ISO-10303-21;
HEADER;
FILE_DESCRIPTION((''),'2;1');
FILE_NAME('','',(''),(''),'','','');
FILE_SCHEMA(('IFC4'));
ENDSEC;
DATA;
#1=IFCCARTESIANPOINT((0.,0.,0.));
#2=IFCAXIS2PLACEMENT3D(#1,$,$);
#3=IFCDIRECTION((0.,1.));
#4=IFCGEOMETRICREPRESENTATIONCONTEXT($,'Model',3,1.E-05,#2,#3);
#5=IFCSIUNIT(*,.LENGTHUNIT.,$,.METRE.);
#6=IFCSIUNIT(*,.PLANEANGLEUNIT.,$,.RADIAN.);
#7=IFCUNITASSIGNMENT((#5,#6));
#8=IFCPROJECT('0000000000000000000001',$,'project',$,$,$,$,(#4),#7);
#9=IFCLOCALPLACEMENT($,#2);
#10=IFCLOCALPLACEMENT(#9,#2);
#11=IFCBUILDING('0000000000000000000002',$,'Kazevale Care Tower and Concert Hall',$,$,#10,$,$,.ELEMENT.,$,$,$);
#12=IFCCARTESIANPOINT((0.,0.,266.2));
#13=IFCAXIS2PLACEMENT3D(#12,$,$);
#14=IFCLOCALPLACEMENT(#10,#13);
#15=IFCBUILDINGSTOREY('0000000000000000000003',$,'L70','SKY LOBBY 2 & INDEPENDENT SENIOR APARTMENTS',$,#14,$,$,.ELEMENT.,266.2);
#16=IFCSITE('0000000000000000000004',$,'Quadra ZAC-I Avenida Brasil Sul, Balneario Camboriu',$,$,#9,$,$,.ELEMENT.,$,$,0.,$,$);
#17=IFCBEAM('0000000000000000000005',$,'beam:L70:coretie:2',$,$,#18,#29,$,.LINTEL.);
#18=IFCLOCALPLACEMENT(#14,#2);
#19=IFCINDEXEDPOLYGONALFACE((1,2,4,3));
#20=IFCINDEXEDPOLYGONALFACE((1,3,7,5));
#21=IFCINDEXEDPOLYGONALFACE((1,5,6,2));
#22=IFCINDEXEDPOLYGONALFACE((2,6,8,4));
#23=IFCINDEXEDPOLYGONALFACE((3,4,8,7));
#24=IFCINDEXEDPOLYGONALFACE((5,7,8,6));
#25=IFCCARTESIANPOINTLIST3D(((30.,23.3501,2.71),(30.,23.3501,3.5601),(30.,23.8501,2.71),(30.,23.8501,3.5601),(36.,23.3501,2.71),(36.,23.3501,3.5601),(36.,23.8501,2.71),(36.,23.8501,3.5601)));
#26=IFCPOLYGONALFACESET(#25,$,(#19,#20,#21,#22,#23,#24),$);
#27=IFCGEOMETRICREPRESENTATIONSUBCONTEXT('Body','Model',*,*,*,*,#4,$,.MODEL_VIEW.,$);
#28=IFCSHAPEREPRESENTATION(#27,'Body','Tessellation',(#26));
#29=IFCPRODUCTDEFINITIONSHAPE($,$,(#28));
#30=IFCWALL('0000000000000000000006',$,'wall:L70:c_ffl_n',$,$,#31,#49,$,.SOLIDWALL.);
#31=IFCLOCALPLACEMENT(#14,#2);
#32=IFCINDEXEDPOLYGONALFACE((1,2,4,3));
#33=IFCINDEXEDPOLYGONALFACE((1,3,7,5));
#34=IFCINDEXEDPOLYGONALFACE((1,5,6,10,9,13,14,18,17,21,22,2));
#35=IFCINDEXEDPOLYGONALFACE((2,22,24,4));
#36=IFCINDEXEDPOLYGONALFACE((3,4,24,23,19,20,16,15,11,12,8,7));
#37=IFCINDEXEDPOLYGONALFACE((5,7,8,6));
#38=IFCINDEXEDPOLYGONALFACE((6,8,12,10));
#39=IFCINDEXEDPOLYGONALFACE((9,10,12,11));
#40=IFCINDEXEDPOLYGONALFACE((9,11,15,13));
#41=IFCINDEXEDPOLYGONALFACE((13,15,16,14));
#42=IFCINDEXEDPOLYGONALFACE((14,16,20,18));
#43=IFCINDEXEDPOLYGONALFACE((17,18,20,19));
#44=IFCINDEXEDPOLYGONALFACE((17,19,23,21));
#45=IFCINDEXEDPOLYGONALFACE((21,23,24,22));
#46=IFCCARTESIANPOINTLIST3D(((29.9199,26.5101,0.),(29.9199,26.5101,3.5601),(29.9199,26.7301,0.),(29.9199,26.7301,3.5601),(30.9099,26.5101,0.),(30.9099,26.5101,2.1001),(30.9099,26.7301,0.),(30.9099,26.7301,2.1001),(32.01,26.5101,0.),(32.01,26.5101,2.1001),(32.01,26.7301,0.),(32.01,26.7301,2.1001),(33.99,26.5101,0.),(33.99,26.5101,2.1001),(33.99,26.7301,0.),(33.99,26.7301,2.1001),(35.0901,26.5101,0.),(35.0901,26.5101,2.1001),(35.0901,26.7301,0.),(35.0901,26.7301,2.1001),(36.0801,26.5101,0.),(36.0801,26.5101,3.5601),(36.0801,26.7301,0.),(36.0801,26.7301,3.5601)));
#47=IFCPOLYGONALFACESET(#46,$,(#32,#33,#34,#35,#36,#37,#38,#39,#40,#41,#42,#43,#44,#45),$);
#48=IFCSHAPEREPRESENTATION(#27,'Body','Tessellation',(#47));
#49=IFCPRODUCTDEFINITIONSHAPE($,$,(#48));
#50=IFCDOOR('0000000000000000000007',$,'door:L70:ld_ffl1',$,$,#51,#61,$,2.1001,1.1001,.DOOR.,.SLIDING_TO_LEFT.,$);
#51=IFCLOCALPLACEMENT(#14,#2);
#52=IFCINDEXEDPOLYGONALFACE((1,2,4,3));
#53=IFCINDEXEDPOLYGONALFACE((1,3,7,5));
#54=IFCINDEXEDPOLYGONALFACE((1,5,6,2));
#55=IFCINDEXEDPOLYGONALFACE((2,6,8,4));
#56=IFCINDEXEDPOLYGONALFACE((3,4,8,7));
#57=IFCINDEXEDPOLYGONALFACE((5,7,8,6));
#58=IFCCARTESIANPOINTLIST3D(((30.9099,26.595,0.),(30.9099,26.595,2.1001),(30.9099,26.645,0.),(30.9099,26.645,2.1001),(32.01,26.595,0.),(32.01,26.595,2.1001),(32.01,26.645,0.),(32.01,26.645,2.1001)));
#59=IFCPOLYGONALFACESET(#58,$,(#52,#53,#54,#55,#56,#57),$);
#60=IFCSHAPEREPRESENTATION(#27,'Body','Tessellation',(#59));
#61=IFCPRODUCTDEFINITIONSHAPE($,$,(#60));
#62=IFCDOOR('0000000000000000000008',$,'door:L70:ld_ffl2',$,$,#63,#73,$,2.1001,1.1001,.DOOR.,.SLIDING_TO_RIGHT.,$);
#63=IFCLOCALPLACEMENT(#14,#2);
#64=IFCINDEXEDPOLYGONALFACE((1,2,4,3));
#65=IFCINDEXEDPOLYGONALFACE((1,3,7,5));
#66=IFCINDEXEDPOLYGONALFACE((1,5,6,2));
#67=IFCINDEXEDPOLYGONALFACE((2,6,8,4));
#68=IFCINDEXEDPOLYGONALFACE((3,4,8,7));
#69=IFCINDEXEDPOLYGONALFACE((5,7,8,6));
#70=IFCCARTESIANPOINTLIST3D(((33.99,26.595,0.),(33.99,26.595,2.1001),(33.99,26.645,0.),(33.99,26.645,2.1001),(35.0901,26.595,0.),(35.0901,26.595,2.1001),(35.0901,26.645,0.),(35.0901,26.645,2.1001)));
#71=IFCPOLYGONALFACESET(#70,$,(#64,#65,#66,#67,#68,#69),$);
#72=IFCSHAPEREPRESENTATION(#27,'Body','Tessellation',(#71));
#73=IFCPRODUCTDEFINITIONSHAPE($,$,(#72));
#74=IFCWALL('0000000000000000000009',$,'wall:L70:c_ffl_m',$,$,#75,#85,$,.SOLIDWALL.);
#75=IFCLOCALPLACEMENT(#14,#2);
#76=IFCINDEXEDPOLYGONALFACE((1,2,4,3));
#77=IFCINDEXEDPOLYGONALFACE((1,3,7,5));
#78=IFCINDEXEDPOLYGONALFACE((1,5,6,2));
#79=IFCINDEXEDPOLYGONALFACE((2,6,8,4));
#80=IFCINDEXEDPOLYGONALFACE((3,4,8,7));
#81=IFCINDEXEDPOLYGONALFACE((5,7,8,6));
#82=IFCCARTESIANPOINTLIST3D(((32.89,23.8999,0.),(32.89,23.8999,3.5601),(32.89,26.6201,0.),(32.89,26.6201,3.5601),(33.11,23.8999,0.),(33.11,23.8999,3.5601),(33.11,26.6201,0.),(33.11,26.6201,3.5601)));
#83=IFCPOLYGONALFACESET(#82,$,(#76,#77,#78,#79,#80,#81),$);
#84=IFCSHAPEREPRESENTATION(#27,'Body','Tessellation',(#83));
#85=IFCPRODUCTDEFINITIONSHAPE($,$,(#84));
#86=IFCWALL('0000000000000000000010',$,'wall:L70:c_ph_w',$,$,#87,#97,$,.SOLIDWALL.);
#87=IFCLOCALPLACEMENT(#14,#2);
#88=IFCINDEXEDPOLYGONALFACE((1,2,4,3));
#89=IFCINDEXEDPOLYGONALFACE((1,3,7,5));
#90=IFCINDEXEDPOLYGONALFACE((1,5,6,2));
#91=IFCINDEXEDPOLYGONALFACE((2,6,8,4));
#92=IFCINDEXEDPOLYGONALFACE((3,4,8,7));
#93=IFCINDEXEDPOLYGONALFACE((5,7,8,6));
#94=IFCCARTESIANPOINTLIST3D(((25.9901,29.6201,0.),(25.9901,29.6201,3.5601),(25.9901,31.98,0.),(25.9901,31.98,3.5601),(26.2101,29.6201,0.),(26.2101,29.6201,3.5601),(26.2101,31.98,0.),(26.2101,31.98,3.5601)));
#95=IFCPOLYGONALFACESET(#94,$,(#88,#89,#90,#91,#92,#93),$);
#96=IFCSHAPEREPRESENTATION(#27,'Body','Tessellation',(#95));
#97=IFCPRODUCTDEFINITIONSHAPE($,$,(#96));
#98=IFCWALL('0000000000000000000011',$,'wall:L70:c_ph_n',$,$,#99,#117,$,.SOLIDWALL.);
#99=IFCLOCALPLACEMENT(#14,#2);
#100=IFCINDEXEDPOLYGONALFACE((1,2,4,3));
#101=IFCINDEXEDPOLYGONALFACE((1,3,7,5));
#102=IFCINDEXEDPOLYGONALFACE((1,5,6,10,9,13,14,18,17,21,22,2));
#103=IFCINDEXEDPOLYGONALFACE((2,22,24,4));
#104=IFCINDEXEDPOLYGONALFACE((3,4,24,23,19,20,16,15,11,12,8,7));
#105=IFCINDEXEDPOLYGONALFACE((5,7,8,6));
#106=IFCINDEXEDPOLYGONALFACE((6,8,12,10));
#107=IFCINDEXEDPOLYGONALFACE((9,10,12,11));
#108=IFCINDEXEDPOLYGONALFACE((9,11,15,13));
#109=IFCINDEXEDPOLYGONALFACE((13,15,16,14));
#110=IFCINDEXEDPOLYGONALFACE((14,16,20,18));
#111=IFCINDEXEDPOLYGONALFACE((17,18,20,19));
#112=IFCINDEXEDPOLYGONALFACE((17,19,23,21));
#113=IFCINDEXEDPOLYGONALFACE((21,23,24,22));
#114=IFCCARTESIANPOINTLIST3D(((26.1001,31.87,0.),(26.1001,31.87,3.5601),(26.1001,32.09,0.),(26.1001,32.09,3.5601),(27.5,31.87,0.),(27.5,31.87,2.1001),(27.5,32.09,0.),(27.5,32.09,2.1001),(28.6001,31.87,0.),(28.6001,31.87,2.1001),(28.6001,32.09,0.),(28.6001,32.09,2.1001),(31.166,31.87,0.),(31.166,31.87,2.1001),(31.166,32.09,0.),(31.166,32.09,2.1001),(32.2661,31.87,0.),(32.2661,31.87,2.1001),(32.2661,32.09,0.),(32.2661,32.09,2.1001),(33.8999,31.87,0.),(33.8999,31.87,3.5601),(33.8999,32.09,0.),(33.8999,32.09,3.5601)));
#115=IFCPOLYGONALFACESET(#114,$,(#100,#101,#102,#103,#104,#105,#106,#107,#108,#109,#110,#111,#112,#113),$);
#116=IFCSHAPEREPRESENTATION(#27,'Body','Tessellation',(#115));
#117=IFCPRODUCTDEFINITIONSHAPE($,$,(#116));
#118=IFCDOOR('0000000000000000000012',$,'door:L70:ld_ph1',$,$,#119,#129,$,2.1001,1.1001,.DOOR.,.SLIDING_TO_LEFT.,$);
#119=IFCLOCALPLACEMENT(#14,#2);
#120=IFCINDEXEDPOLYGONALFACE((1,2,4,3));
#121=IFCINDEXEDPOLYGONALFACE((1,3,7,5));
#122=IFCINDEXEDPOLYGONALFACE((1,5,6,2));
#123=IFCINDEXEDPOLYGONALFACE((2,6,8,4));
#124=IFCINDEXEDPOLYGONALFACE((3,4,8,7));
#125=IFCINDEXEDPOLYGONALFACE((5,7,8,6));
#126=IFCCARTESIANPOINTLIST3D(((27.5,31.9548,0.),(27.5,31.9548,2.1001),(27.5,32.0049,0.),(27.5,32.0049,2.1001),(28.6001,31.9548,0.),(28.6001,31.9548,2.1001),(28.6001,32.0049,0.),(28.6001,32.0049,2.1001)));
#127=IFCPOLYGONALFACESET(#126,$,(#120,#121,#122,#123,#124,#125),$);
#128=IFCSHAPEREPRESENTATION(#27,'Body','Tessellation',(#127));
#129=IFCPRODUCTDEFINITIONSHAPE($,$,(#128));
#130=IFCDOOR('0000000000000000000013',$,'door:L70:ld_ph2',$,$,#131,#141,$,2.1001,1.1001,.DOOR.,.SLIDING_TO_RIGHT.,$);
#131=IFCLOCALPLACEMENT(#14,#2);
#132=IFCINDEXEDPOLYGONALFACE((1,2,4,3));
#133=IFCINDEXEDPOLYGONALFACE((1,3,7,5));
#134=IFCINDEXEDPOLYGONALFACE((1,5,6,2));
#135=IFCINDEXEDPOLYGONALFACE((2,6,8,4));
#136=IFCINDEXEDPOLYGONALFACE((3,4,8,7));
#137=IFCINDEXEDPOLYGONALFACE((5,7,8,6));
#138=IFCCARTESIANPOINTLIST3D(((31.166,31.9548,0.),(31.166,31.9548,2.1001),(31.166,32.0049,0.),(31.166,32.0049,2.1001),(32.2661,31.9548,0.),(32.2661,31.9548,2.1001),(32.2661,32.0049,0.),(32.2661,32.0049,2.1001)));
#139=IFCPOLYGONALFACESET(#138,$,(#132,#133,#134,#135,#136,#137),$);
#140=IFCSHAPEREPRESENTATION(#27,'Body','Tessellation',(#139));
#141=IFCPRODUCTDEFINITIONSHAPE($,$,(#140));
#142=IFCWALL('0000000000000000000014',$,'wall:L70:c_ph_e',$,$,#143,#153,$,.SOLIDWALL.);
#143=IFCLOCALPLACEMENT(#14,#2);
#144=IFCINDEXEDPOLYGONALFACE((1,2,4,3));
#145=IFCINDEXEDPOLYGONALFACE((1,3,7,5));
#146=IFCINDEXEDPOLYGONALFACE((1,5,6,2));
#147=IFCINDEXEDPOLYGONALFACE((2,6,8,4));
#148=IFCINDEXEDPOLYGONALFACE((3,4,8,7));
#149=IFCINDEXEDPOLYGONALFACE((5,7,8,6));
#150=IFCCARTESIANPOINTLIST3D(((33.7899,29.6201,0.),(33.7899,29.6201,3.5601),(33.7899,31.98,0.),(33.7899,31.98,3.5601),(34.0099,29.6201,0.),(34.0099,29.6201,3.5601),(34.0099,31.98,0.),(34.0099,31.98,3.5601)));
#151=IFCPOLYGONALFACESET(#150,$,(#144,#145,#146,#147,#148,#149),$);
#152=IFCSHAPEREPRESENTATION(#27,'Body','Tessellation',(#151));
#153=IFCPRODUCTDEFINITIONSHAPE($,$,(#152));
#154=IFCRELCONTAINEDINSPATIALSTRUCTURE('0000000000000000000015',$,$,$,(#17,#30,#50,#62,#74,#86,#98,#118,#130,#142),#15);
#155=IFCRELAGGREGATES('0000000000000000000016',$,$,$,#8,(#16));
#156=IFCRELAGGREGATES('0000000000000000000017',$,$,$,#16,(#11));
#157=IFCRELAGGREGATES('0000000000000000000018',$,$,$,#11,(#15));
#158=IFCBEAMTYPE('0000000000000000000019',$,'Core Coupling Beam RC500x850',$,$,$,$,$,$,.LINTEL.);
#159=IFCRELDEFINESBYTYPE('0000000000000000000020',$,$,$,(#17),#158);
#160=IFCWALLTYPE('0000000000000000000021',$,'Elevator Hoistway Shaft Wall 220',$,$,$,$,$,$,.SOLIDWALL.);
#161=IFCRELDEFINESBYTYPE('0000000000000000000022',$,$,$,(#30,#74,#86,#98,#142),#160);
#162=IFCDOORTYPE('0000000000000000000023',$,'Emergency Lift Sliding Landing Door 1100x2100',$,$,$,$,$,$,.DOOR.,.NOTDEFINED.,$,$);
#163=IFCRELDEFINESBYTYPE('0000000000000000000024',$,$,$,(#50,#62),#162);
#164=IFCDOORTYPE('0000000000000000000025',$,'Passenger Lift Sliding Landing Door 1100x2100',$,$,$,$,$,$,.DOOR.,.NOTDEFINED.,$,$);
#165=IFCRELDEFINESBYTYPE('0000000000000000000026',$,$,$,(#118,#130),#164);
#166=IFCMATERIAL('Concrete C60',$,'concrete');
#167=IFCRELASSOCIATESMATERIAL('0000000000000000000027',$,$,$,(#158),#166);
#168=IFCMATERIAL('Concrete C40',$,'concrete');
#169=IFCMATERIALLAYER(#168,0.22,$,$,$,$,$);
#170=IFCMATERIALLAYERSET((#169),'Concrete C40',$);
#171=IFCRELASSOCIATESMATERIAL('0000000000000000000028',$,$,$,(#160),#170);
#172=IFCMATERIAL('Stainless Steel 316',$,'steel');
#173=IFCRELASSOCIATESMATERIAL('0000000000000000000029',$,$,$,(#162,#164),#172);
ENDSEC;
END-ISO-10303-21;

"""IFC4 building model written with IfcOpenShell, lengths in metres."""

from ifc_helpers import new_model, si_unit, direction, frame, frame_2d, origin, origin_2d, place, context, subcontext, project, spatial, rectangle, extrude, material, layer, layer_set, material_profile, profile_set, type_object, element, fill, save


model = new_model("IFC4")

# Units and contexts
model_context = context("Model", 3, precision=1e-05, world=origin(), true_north=direction((0.0, 1.0)))
body_context = subcontext(model_context, "Body", "Model", "MODEL_VIEW")
ifc_project = project(units=[si_unit("LENGTHUNIT", "METRE"), si_unit("PLANEANGLEUNIT", "RADIAN")], contexts=[model_context])

# Site, building, storey
site_placement = place(None, origin())
site = spatial("IfcSite", under=ifc_project, at=site_placement, Name="Quadra ZAC-I Avenida Brasil Sul, Balneario Camboriu", CompositionType="ELEMENT", RefElevation=0.0)
building_placement = place(site_placement, origin())
building = spatial("IfcBuilding", under=site, at=building_placement, Name="Kazevale Care Tower and Concert Hall", CompositionType="ELEMENT")
storey_placement = place(building_placement, frame((0.0, 0.0, 266.2)))
storey = spatial("IfcBuildingStorey", under=building, at=storey_placement, Name="L70", Description="SKY LOBBY 2 & INDEPENDENT SENIOR APARTMENTS", CompositionType="ELEMENT", Elevation=266.2)

# Beam
ifc_material_1 = material(Name="Concrete C60", Category="concrete")
ifc_material_profile = material_profile(ifc_material_1, rectangle(XDim=0.5, YDim=0.8501, at=origin_2d()), Name="RC-B500x850")
ifc_profile_set = profile_set([ifc_material_profile], Name="Concrete C60")
beam_type = type_object("IfcBeamType", Name="Core Coupling Beam RC500x850", PredefinedType="LINTEL", material=ifc_profile_set)
beam_placement = place(storey_placement, frame((30.0, 23.6001, 3.135), z_axis=(1.0, 0.0, 0.0), x_axis=(0.0, 1.0, 0.0)))
element("IfcBeam", 1, at=beam_placement, inside=storey, type_object=beam_type, Name="beam:L70:coretie:2", PredefinedType="LINTEL", context=body_context, shape_type="SweptSolid", body=[
    extrude(rectangle(XDim=0.5, YDim=0.8501, at=origin_2d()), origin(), (0.0, 0.0, 1.0), 6.0),
])

# Wall, openings, doors
ifc_material_2 = material(Name="Concrete C40", Category="concrete")
ifc_layer_1 = layer(ifc_material_2, 0.22)
ifc_layer_set_1 = layer_set([ifc_layer_1], Name="Concrete C40")
wall_type_1 = type_object("IfcWallType", Name="Elevator Hoistway Shaft Wall 220", PredefinedType="SOLIDWALL", material=ifc_layer_set_1)
wall_1_placement = place(storey_placement, frame((29.9199, 26.6201, 0.0), z_axis=(0.0, 0.0, 1.0), x_axis=(1.0, 0.0, 0.0)))
wall_1 = element("IfcWall", 2, at=wall_1_placement, inside=storey, type_object=wall_type_1, Name="wall:L70:c_ffl_n", PredefinedType="SOLIDWALL", context=body_context, shape_type="SweptSolid", body=[
    extrude(rectangle(XDim=6.1602, YDim=0.22, at=frame_2d((3.0801, 0.0))), origin(), (0.0, 0.0, 1.0), 3.5601),
])
opening_1_placement = place(wall_1_placement, frame((0.99, 0.0, 0.0)))
opening_1 = element("IfcOpeningElement", 3, at=opening_1_placement, cuts=wall_1, PredefinedType="OPENING", context=body_context, shape_type="SweptSolid", body=[
    extrude(rectangle(XDim=1.1001, YDim=2.1001, at=frame_2d((0.55, 1.05))), frame((0.0, 0.1199, 0.0), z_axis=(0.0, -1.0, 0.0), x_axis=(1.0, 0.0, 0.0)), (0.0, 0.0, 1.0), 0.24),
])
opening_2_placement = place(wall_1_placement, frame((4.0701, 0.0, 0.0)))
opening_2 = element("IfcOpeningElement", 4, at=opening_2_placement, cuts=wall_1, PredefinedType="OPENING", context=body_context, shape_type="SweptSolid", body=[
    extrude(rectangle(XDim=1.1001, YDim=2.1001, at=frame_2d((0.55, 1.05))), frame((0.0, 0.1199, 0.0), z_axis=(0.0, -1.0, 0.0), x_axis=(1.0, 0.0, 0.0)), (0.0, 0.0, 1.0), 0.24),
])
ifc_material_3 = material(Name="Stainless Steel 316", Category="steel")
door_type_1 = type_object("IfcDoorType", Name="Emergency Lift Sliding Landing Door 1100x2100", OperationType="NOTDEFINED", PredefinedType="DOOR", material=ifc_material_3)
door_1_placement = place(opening_1_placement, origin())
door_1 = element("IfcDoor", 5, at=door_1_placement, inside=storey, type_object=door_type_1, Name="door:L70:ld_ffl1", OperationType="SLIDING_TO_LEFT", OverallHeight=2.1001, OverallWidth=1.1001, PredefinedType="DOOR", context=body_context, shape_type="SweptSolid", body=[
    extrude(rectangle(XDim=1.1001, YDim=2.1001, at=frame_2d((0.55, 1.05))), frame((0.0, 0.0249, 0.0), z_axis=(0.0, -1.0, 0.0), x_axis=(1.0, 0.0, 0.0)), (0.0, 0.0, 1.0), 0.05),
])
fill(opening_1, door_1)
door_2_placement = place(opening_2_placement, origin())
door_2 = element("IfcDoor", 6, at=door_2_placement, inside=storey, type_object=door_type_1, Name="door:L70:ld_ffl2", OperationType="SLIDING_TO_RIGHT", OverallHeight=2.1001, OverallWidth=1.1001, PredefinedType="DOOR", context=body_context, shape_type="SweptSolid", body=[
    extrude(rectangle(XDim=1.1001, YDim=2.1001, at=frame_2d((0.55, 1.05))), frame((0.0, 0.0249, 0.0), z_axis=(0.0, -1.0, 0.0), x_axis=(1.0, 0.0, 0.0)), (0.0, 0.0, 1.0), 0.05),
])
fill(opening_2, door_2)

# Walls
wall_2_placement = place(storey_placement, frame((33.0, 23.8999, 0.0), z_axis=(0.0, 0.0, 1.0), x_axis=(0.0, 1.0, 0.0)))
element("IfcWall", 7, at=wall_2_placement, inside=storey, type_object=wall_type_1, Name="wall:L70:c_ffl_m", PredefinedType="SOLIDWALL", context=body_context, shape_type="SweptSolid", body=[
    extrude(rectangle(XDim=2.7202, YDim=0.22, at=frame_2d((1.3601, 0.0))), origin(), (0.0, 0.0, 1.0), 3.5601),
])
wall_3_placement = place(storey_placement, frame((26.1001, 29.6201, 0.0), z_axis=(0.0, 0.0, 1.0), x_axis=(0.0, 1.0, 0.0)))
element("IfcWall", 8, at=wall_3_placement, inside=storey, type_object=wall_type_1, Name="wall:L70:c_ph_w", PredefinedType="SOLIDWALL", context=body_context, shape_type="SweptSolid", body=[
    extrude(rectangle(XDim=2.3599, YDim=0.22, at=frame_2d((1.1799, 0.0))), origin(), (0.0, 0.0, 1.0), 3.5601),
])

# Wall, openings, doors
wall_4_placement = place(storey_placement, frame((26.1001, 31.98, 0.0), z_axis=(0.0, 0.0, 1.0), x_axis=(1.0, 0.0, 0.0)))
wall_4 = element("IfcWall", 9, at=wall_4_placement, inside=storey, type_object=wall_type_1, Name="wall:L70:c_ph_n", PredefinedType="SOLIDWALL", context=body_context, shape_type="SweptSolid", body=[
    extrude(rectangle(XDim=7.7998, YDim=0.22, at=frame_2d((3.8999, 0.0))), origin(), (0.0, 0.0, 1.0), 3.5601),
])
opening_3_placement = place(wall_4_placement, frame((1.3999, 0.0, 0.0)))
opening_3 = element("IfcOpeningElement", 10, at=opening_3_placement, cuts=wall_4, PredefinedType="OPENING", context=body_context, shape_type="SweptSolid", body=[
    extrude(rectangle(XDim=1.1001, YDim=2.1001, at=frame_2d((0.55, 1.05))), frame((0.0, 0.1199, 0.0), z_axis=(0.0, -1.0, 0.0), x_axis=(1.0, 0.0, 0.0)), (0.0, 0.0, 1.0), 0.24),
])
opening_4_placement = place(wall_4_placement, frame((5.0659, 0.0, 0.0)))
opening_4 = element("IfcOpeningElement", 11, at=opening_4_placement, cuts=wall_4, PredefinedType="OPENING", context=body_context, shape_type="SweptSolid", body=[
    extrude(rectangle(XDim=1.1001, YDim=2.1001, at=frame_2d((0.55, 1.05))), frame((0.0, 0.1199, 0.0), z_axis=(0.0, -1.0, 0.0), x_axis=(1.0, 0.0, 0.0)), (0.0, 0.0, 1.0), 0.24),
])
door_type_2 = type_object("IfcDoorType", Name="Passenger Lift Sliding Landing Door 1100x2100", OperationType="NOTDEFINED", PredefinedType="DOOR", material=ifc_material_3)
door_3_placement = place(opening_3_placement, origin())
door_3 = element("IfcDoor", 12, at=door_3_placement, inside=storey, type_object=door_type_2, Name="door:L70:ld_ph1", OperationType="SLIDING_TO_LEFT", OverallHeight=2.1001, OverallWidth=1.1001, PredefinedType="DOOR", context=body_context, shape_type="SweptSolid", body=[
    extrude(rectangle(XDim=1.1001, YDim=2.1001, at=frame_2d((0.55, 1.05))), frame((0.0, 0.0249, 0.0), z_axis=(0.0, -1.0, 0.0), x_axis=(1.0, 0.0, 0.0)), (0.0, 0.0, 1.0), 0.05),
])
fill(opening_3, door_3)
door_4_placement = place(opening_4_placement, origin())
door_4 = element("IfcDoor", 13, at=door_4_placement, inside=storey, type_object=door_type_2, Name="door:L70:ld_ph2", OperationType="SLIDING_TO_RIGHT", OverallHeight=2.1001, OverallWidth=1.1001, PredefinedType="DOOR", context=body_context, shape_type="SweptSolid", body=[
    extrude(rectangle(XDim=1.1001, YDim=2.1001, at=frame_2d((0.55, 1.05))), frame((0.0, 0.0249, 0.0), z_axis=(0.0, -1.0, 0.0), x_axis=(1.0, 0.0, 0.0)), (0.0, 0.0, 1.0), 0.05),
])
fill(opening_4, door_4)

# Wall
wall_5_placement = place(storey_placement, frame((33.8999, 29.6201, 0.0), z_axis=(0.0, 0.0, 1.0), x_axis=(0.0, 1.0, 0.0)))
element("IfcWall", 14, at=wall_5_placement, inside=storey, type_object=wall_type_1, Name="wall:L70:c_ph_e", PredefinedType="SOLIDWALL", context=body_context, shape_type="SweptSolid", body=[
    extrude(rectangle(XDim=2.3599, YDim=0.22, at=frame_2d((1.1799, 0.0))), origin(), (0.0, 0.0, 1.0), 3.5601),
])

save(model, "model.ifc")
